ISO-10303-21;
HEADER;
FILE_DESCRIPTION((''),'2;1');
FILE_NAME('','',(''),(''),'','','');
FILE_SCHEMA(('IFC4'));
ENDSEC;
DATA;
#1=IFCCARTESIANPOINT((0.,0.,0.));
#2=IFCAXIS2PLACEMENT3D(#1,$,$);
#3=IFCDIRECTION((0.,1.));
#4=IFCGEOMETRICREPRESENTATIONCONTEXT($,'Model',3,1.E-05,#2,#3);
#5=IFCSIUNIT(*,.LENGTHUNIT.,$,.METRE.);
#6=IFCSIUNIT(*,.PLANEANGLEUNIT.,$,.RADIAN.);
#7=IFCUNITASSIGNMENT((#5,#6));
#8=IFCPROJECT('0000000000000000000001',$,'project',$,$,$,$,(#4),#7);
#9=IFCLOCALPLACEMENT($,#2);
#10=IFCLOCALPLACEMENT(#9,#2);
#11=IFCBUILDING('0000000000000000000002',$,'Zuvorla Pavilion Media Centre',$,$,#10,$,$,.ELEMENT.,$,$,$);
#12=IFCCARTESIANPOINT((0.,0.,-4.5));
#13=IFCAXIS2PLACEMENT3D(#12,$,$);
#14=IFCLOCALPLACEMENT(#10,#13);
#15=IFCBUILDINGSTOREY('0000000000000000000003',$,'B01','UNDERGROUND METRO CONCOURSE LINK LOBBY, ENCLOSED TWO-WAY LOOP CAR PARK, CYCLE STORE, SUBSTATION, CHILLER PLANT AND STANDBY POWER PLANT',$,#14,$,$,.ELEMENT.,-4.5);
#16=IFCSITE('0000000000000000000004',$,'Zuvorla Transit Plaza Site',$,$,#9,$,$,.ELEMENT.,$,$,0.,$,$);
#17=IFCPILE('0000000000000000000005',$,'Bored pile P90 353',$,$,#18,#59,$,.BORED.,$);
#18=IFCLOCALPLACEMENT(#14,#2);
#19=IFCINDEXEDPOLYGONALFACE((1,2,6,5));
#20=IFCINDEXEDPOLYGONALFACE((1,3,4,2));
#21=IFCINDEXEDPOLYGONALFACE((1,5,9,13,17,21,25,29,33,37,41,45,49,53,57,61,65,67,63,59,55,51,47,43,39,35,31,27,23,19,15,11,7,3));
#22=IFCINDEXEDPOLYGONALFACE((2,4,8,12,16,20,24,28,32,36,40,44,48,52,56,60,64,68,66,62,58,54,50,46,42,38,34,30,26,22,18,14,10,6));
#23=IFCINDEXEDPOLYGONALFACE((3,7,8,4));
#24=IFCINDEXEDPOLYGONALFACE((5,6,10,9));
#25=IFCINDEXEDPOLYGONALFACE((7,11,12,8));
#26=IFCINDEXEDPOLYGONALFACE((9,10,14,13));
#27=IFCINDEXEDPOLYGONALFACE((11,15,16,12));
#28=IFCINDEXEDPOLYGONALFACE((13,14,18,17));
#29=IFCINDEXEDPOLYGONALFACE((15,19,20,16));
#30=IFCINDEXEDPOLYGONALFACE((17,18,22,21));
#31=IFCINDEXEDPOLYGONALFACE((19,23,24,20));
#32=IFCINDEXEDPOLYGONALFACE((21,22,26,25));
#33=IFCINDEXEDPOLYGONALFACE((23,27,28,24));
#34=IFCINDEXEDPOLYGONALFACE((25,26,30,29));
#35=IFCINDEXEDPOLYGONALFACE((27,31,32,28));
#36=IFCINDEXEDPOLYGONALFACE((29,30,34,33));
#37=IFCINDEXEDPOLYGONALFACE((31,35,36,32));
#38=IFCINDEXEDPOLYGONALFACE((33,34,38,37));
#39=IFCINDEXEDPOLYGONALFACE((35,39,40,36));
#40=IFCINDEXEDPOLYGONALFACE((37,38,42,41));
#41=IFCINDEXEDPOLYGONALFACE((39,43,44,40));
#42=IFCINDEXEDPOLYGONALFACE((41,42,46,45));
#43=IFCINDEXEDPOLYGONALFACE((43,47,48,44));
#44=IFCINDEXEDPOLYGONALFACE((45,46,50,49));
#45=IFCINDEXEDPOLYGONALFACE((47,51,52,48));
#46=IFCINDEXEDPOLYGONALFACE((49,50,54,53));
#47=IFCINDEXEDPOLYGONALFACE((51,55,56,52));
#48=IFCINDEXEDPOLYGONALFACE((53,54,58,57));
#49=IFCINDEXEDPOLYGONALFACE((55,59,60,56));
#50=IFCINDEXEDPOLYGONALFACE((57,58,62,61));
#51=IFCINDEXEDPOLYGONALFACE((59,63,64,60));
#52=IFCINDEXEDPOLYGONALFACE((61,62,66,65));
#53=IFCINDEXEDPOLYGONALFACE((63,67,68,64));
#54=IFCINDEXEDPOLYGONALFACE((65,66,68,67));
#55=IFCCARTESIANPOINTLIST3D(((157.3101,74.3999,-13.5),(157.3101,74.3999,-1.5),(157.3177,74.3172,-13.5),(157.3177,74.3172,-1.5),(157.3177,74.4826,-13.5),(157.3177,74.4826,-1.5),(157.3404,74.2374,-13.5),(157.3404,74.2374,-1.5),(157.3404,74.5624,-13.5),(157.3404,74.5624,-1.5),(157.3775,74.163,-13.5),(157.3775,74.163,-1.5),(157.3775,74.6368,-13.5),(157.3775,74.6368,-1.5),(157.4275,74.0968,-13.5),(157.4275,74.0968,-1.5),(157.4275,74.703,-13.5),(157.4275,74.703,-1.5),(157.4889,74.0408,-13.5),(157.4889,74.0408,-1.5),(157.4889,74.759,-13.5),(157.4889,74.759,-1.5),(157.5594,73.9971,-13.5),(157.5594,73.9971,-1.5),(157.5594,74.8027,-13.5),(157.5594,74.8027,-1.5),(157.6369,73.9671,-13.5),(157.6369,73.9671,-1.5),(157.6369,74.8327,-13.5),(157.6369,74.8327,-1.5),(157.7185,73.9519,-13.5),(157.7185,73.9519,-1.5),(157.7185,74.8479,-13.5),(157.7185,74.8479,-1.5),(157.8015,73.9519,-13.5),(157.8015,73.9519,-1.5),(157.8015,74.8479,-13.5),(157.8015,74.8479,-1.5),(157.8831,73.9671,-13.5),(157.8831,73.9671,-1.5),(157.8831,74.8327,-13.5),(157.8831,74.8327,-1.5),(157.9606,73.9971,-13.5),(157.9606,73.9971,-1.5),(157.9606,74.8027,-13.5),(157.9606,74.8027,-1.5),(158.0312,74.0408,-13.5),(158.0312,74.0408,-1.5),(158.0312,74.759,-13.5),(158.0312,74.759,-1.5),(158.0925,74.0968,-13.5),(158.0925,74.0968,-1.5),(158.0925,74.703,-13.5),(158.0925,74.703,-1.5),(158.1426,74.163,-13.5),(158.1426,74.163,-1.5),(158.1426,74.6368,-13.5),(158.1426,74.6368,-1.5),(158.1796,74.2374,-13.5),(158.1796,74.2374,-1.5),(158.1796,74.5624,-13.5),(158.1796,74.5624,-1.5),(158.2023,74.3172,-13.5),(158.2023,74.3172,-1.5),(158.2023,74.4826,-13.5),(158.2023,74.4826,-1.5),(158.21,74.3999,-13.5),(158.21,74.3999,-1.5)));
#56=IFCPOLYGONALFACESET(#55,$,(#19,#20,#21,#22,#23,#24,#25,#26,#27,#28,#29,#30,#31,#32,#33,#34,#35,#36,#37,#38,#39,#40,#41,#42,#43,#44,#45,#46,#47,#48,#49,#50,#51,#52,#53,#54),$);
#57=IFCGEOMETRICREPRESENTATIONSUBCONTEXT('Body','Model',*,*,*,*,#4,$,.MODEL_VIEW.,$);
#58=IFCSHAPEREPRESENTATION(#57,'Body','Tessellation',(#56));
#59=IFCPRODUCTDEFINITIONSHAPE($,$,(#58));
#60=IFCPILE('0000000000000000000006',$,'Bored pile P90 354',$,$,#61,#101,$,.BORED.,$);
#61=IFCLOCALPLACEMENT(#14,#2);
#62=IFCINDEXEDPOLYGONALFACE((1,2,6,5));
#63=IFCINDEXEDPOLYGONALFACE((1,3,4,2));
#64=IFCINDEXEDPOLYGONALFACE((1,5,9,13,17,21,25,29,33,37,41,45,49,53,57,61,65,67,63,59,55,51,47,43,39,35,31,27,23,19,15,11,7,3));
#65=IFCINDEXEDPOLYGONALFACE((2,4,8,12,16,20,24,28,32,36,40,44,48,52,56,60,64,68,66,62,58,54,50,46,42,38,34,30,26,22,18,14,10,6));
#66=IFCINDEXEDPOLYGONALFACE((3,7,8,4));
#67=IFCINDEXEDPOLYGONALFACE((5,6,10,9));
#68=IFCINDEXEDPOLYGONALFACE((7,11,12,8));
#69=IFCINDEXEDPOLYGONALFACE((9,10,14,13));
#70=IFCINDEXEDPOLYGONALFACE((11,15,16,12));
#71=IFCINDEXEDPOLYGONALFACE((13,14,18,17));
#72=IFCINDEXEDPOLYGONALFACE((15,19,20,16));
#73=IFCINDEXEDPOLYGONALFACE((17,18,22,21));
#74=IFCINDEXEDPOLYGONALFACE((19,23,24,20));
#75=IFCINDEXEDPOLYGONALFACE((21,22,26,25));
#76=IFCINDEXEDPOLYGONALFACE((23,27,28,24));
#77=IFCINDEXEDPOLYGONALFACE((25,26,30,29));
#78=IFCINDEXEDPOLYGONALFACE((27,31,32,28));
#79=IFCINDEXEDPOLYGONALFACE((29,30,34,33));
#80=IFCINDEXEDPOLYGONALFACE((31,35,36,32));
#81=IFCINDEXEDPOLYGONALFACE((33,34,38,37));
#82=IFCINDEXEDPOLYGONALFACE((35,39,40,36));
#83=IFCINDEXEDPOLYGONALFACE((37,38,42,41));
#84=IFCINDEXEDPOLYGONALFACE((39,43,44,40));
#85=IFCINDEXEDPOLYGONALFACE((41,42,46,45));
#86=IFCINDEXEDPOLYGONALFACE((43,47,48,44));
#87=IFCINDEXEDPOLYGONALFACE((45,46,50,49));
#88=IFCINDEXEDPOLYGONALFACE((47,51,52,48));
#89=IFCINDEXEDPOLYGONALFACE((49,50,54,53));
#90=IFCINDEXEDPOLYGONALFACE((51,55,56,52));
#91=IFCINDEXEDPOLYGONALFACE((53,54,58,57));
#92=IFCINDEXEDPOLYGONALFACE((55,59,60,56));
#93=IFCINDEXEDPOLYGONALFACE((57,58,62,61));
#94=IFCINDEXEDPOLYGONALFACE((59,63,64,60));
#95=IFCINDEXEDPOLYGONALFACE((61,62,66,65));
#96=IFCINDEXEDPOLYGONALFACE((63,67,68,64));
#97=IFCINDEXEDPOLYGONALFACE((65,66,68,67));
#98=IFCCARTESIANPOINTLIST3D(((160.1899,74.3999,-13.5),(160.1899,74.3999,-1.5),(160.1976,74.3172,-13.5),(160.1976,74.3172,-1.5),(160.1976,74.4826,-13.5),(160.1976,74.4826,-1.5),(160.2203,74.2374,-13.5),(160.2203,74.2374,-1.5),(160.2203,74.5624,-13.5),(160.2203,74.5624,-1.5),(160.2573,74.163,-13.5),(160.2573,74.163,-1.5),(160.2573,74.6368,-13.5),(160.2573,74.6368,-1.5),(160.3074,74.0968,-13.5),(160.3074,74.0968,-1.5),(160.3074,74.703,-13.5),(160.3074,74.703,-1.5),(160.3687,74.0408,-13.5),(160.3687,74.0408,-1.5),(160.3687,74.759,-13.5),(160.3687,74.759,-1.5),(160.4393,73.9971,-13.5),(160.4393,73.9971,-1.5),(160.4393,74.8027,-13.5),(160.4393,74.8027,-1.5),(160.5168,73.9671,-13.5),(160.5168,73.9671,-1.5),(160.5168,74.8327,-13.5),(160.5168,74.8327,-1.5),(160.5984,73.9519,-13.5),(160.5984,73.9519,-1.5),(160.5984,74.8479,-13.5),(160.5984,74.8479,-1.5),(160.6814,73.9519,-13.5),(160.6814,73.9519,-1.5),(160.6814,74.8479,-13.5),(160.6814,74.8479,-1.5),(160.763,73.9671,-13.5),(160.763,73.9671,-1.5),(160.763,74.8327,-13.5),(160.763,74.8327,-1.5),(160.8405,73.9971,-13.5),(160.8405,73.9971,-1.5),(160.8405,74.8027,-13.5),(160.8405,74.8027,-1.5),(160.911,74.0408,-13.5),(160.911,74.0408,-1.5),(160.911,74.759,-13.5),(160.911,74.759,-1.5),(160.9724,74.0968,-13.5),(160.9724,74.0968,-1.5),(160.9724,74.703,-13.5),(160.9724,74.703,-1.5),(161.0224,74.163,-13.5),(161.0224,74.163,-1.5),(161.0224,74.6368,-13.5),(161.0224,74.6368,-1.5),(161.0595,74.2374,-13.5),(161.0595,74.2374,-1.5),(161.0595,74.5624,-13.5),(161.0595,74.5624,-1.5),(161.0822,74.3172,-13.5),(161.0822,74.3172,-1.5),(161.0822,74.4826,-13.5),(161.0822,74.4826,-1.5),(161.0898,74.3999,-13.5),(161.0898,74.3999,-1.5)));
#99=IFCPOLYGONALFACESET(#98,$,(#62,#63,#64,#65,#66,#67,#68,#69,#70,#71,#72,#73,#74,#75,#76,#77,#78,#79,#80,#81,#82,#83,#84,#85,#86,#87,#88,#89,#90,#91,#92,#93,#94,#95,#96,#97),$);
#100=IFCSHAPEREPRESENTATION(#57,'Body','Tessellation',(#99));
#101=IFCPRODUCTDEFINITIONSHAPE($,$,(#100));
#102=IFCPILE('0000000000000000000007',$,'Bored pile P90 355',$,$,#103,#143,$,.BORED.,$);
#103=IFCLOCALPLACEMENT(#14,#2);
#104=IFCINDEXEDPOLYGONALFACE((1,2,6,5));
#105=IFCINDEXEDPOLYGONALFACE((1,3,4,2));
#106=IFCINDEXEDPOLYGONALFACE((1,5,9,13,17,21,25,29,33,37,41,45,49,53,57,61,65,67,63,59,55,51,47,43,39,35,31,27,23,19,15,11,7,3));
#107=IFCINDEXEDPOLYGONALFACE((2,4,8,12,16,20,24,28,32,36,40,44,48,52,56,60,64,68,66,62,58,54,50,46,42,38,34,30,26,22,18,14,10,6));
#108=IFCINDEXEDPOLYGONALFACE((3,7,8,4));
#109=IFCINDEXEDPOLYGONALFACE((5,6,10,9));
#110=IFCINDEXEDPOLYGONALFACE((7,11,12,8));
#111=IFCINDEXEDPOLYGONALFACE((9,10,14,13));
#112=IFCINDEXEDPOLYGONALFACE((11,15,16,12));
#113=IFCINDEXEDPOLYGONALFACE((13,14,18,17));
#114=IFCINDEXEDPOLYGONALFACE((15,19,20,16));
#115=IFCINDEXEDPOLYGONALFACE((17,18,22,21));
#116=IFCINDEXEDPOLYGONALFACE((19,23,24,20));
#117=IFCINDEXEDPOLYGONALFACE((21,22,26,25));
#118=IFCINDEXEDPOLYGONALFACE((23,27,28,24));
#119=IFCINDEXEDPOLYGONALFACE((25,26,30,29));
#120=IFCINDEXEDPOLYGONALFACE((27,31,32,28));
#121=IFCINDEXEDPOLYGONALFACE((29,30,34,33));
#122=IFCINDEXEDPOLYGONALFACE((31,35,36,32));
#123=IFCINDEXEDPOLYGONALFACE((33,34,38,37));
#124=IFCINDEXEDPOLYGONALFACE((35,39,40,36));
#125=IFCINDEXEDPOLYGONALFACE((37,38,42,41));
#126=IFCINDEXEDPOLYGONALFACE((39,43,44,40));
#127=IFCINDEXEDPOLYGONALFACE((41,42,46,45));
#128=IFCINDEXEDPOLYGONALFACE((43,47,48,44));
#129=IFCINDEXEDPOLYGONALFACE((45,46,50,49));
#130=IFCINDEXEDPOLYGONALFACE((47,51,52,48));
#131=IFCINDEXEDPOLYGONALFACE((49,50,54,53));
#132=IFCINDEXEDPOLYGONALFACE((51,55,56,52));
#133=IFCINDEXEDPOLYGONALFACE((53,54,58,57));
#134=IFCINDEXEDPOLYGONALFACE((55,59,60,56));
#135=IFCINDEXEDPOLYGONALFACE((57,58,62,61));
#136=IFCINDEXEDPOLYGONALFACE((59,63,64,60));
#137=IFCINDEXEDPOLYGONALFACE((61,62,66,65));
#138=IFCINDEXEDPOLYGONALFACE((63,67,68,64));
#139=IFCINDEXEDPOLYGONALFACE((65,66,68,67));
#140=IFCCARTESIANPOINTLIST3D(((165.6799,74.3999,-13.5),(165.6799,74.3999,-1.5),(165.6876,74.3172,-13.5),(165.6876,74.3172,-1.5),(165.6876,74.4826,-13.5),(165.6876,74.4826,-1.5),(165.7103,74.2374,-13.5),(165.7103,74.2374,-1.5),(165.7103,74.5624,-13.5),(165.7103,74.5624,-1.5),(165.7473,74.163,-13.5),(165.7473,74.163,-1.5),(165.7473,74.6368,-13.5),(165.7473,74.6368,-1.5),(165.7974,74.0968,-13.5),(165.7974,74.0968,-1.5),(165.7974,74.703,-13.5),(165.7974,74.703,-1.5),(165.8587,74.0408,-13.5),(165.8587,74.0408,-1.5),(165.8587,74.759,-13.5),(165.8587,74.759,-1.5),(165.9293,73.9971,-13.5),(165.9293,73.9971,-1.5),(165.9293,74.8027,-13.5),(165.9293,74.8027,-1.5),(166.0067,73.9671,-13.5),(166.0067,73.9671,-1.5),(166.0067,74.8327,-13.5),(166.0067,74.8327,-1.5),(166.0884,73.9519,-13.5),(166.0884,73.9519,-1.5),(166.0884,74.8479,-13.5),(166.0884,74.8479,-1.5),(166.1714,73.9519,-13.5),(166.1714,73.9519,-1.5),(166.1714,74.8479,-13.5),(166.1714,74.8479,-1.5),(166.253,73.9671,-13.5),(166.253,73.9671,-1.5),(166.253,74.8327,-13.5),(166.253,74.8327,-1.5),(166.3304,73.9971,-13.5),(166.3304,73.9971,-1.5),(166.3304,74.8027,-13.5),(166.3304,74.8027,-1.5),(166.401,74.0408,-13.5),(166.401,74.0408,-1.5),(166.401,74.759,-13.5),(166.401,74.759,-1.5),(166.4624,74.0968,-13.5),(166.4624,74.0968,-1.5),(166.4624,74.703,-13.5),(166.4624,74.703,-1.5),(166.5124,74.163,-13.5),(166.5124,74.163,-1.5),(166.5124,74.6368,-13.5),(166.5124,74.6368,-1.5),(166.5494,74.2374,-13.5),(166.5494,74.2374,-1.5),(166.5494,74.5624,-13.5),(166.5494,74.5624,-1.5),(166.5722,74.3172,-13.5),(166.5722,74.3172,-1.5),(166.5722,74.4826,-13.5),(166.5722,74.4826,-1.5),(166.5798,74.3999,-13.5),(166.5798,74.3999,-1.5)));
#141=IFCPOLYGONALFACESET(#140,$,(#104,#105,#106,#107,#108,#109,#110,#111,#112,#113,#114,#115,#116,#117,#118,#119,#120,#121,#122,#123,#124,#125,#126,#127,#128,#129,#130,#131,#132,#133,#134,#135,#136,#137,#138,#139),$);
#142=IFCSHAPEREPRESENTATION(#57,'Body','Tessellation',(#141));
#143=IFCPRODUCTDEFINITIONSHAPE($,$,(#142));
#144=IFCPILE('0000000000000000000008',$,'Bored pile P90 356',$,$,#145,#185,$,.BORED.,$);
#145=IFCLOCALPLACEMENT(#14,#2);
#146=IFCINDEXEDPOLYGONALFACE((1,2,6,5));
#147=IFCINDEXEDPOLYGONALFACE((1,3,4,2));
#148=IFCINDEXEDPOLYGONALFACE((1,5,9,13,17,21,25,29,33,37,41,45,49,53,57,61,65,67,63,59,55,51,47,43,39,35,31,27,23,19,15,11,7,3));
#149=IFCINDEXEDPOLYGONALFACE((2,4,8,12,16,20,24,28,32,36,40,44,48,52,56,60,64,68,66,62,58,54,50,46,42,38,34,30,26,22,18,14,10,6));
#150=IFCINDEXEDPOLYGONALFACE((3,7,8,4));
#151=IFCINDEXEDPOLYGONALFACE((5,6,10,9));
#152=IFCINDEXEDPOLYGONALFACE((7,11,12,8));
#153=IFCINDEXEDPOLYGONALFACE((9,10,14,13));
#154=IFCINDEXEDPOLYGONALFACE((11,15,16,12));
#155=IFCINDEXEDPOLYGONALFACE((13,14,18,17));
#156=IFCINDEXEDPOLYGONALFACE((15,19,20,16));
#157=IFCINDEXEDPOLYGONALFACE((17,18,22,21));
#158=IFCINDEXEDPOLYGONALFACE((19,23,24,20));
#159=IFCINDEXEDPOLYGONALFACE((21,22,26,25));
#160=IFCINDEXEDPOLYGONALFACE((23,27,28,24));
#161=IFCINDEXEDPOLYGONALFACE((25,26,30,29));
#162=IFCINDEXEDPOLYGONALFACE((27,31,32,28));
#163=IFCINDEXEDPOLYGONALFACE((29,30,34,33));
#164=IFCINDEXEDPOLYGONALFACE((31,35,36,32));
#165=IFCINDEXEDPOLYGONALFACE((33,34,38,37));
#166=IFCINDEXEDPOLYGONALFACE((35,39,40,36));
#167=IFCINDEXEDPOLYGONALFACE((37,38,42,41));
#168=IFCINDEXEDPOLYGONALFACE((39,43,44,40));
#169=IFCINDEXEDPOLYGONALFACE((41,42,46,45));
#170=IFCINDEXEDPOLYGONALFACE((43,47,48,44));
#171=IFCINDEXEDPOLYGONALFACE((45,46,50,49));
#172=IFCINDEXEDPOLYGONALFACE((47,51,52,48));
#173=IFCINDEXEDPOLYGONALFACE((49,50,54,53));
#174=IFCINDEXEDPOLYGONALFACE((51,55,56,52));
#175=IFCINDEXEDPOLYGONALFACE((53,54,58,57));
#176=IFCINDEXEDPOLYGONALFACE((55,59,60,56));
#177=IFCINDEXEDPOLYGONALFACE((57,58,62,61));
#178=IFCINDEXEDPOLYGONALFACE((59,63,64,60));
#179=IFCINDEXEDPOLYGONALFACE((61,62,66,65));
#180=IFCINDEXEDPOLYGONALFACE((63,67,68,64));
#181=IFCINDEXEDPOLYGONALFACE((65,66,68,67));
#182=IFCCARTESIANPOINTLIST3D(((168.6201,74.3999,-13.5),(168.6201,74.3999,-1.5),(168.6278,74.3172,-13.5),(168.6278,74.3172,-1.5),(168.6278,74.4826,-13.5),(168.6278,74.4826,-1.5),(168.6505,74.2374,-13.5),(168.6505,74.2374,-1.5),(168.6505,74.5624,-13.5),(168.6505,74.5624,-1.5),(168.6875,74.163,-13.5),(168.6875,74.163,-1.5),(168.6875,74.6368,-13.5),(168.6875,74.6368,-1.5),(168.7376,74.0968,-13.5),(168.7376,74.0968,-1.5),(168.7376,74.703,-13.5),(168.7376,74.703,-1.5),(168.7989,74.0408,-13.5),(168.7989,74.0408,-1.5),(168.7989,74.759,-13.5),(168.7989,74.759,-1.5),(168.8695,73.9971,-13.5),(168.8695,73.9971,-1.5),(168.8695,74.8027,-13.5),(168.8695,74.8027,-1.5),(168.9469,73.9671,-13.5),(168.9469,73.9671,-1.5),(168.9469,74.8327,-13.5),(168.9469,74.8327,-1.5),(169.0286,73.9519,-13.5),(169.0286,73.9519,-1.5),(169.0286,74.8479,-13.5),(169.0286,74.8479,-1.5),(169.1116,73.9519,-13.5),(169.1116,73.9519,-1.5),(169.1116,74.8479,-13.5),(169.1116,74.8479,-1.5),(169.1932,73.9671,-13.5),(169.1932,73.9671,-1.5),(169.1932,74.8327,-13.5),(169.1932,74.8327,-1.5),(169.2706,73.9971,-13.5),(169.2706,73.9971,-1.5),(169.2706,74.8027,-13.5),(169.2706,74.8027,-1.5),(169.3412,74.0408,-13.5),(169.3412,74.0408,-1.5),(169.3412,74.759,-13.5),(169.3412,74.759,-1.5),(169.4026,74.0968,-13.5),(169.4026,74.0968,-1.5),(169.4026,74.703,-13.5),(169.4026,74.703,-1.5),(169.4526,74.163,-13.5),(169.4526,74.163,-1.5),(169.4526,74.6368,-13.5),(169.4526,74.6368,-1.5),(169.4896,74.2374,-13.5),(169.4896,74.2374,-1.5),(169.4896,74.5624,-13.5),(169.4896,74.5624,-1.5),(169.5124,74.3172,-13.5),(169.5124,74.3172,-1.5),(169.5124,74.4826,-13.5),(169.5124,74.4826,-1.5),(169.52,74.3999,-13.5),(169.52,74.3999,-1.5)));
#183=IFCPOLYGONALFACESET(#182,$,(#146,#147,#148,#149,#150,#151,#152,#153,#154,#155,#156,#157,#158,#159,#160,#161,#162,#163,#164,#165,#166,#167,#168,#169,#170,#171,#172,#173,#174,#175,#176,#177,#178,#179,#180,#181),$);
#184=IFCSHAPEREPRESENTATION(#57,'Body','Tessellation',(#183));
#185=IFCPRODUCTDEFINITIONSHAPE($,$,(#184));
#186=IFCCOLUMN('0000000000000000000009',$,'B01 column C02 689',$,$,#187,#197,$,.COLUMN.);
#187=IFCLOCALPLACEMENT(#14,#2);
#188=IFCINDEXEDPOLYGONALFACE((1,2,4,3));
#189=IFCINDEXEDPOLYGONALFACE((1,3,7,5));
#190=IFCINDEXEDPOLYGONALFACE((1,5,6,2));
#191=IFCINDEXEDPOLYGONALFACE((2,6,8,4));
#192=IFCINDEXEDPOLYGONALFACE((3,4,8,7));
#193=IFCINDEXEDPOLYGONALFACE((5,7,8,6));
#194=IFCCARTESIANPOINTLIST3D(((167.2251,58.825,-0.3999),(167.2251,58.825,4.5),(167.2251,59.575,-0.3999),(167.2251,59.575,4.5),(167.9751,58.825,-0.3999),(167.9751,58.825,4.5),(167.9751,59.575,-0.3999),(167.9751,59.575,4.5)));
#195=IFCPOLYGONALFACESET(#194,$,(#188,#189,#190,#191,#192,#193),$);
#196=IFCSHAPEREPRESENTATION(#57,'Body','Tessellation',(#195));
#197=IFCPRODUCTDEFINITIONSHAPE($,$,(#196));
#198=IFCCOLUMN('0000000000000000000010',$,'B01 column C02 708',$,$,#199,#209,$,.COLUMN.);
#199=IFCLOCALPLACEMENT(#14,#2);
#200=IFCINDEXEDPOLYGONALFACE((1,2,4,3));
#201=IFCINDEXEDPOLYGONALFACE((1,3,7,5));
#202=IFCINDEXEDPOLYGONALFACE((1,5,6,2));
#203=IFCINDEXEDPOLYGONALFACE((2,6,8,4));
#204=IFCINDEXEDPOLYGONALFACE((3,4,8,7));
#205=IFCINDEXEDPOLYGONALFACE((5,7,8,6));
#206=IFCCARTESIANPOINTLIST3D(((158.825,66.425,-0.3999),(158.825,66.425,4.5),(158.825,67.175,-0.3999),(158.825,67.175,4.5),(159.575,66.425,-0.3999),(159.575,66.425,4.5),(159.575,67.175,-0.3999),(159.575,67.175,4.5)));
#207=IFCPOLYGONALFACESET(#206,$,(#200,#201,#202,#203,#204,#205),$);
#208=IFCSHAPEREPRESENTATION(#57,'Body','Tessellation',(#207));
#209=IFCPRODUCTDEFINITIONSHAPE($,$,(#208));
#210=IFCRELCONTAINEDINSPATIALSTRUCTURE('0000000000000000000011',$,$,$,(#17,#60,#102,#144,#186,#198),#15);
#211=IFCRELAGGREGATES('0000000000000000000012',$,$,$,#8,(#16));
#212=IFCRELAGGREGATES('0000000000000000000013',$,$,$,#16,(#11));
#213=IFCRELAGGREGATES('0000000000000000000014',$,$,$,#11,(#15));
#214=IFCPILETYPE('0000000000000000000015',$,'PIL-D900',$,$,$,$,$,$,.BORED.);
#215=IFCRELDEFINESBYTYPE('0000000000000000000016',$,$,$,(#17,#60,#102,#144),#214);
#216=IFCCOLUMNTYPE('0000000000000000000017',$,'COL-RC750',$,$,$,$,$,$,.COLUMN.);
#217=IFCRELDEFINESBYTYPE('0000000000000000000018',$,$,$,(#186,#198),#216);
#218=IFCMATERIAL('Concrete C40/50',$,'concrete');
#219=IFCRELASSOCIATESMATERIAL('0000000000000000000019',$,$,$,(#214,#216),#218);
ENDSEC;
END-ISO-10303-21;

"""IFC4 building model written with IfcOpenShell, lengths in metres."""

from ifc_helpers import new_model, si_unit, direction, frame, origin, origin_2d, place, context, subcontext, project, spatial, rectangle, circle, extrude, material, material_profile, profile_set, type_object, element, save


model = new_model("IFC4")

# Units and contexts
model_context = context("Model", 3, precision=1e-05, world=origin(), true_north=direction((0.0, 1.0)))
body_context = subcontext(model_context, "Body", "Model", "MODEL_VIEW")
ifc_project = project(units=[si_unit("LENGTHUNIT", "METRE"), si_unit("PLANEANGLEUNIT", "RADIAN")], contexts=[model_context])

# Site, building, storey
site_placement = place(None, origin())
site = spatial("IfcSite", under=ifc_project, at=site_placement, Name="Zuvorla Transit Plaza Site", CompositionType="ELEMENT", RefElevation=0.0)
building_placement = place(site_placement, origin())
building = spatial("IfcBuilding", under=site, at=building_placement, Name="Zuvorla Pavilion Media Centre", CompositionType="ELEMENT")
storey_placement = place(building_placement, frame((0.0, 0.0, -4.5)))
storey = spatial("IfcBuildingStorey", under=building, at=storey_placement, Name="B01", Description="UNDERGROUND METRO CONCOURSE LINK LOBBY, ENCLOSED TWO-WAY LOOP CAR PARK, CYCLE STORE, SUBSTATION, CHILLER PLANT AND STANDBY POWER PLANT", CompositionType="ELEMENT", Elevation=-4.5)

# Shared definitions
ifc_material = material(Name="Concrete C40/50", Category="concrete")

# Piles
ifc_material_profile_1 = material_profile(ifc_material, circle(Radius=0.45, at=origin_2d()), Name="BORED PILE 900")
ifc_profile_set_1 = profile_set([ifc_material_profile_1], Name="Concrete C40/50")
pile_type = type_object("IfcPileType", Name="PIL-D900", PredefinedType="BORED", material=ifc_profile_set_1)
for number, where, z_axis, x_axis, name in (
    (1, (157.76, 74.3999, -1.5), (0.0, 0.0, -1.0), (1.0, 0.0, 0.0), "Bored pile P90 353"),
    (2, (160.6399, 74.3999, -1.5), (0.0, 0.0, -1.0), (1.0, 0.0, 0.0), "Bored pile P90 354"),
    (3, (166.1299, 74.3999, -1.5), (0.0, 0.0, -1.0), (1.0, 0.0, 0.0), "Bored pile P90 355"),
    (4, (169.0701, 74.3999, -1.5), (0.0, 0.0, -1.0), (1.0, 0.0, 0.0), "Bored pile P90 356"),
):
    element("IfcPile", number, at=place(storey_placement, frame(where, z_axis=z_axis, x_axis=x_axis)), inside=storey, type_object=pile_type, Name=name, PredefinedType="BORED", context=body_context, shape_type="SweptSolid", body=[
        extrude(circle(Radius=0.45, at=origin_2d()), origin(), (0.0, 0.0, 1.0), 12.0),
    ])

# Columns
ifc_material_profile_2 = material_profile(ifc_material, rectangle(XDim=0.75, YDim=0.75, at=origin_2d()), Name="RC 750x750")
ifc_profile_set_2 = profile_set([ifc_material_profile_2], Name="Concrete C40/50")
column_type = type_object("IfcColumnType", Name="COL-RC750", PredefinedType="COLUMN", material=ifc_profile_set_2)
for number, where, z_axis, x_axis, name in (
    (5, (167.6001, 59.2, -0.3999), (0.0, 0.0, 1.0), (1.0, 0.0, 0.0), "B01 column C02 689"),
    (6, (159.2, 66.8, -0.3999), (0.0, 0.0, 1.0), (1.0, 0.0, 0.0), "B01 column C02 708"),
):
    element("IfcColumn", number, at=place(storey_placement, frame(where, z_axis=z_axis, x_axis=x_axis)), inside=storey, type_object=column_type, Name=name, PredefinedType="COLUMN", context=body_context, shape_type="SweptSolid", body=[
        extrude(rectangle(XDim=0.75, YDim=0.75, at=origin_2d()), origin(), (0.0, 0.0, 1.0), 4.8999),
    ])

save(model, "model.ifc")
